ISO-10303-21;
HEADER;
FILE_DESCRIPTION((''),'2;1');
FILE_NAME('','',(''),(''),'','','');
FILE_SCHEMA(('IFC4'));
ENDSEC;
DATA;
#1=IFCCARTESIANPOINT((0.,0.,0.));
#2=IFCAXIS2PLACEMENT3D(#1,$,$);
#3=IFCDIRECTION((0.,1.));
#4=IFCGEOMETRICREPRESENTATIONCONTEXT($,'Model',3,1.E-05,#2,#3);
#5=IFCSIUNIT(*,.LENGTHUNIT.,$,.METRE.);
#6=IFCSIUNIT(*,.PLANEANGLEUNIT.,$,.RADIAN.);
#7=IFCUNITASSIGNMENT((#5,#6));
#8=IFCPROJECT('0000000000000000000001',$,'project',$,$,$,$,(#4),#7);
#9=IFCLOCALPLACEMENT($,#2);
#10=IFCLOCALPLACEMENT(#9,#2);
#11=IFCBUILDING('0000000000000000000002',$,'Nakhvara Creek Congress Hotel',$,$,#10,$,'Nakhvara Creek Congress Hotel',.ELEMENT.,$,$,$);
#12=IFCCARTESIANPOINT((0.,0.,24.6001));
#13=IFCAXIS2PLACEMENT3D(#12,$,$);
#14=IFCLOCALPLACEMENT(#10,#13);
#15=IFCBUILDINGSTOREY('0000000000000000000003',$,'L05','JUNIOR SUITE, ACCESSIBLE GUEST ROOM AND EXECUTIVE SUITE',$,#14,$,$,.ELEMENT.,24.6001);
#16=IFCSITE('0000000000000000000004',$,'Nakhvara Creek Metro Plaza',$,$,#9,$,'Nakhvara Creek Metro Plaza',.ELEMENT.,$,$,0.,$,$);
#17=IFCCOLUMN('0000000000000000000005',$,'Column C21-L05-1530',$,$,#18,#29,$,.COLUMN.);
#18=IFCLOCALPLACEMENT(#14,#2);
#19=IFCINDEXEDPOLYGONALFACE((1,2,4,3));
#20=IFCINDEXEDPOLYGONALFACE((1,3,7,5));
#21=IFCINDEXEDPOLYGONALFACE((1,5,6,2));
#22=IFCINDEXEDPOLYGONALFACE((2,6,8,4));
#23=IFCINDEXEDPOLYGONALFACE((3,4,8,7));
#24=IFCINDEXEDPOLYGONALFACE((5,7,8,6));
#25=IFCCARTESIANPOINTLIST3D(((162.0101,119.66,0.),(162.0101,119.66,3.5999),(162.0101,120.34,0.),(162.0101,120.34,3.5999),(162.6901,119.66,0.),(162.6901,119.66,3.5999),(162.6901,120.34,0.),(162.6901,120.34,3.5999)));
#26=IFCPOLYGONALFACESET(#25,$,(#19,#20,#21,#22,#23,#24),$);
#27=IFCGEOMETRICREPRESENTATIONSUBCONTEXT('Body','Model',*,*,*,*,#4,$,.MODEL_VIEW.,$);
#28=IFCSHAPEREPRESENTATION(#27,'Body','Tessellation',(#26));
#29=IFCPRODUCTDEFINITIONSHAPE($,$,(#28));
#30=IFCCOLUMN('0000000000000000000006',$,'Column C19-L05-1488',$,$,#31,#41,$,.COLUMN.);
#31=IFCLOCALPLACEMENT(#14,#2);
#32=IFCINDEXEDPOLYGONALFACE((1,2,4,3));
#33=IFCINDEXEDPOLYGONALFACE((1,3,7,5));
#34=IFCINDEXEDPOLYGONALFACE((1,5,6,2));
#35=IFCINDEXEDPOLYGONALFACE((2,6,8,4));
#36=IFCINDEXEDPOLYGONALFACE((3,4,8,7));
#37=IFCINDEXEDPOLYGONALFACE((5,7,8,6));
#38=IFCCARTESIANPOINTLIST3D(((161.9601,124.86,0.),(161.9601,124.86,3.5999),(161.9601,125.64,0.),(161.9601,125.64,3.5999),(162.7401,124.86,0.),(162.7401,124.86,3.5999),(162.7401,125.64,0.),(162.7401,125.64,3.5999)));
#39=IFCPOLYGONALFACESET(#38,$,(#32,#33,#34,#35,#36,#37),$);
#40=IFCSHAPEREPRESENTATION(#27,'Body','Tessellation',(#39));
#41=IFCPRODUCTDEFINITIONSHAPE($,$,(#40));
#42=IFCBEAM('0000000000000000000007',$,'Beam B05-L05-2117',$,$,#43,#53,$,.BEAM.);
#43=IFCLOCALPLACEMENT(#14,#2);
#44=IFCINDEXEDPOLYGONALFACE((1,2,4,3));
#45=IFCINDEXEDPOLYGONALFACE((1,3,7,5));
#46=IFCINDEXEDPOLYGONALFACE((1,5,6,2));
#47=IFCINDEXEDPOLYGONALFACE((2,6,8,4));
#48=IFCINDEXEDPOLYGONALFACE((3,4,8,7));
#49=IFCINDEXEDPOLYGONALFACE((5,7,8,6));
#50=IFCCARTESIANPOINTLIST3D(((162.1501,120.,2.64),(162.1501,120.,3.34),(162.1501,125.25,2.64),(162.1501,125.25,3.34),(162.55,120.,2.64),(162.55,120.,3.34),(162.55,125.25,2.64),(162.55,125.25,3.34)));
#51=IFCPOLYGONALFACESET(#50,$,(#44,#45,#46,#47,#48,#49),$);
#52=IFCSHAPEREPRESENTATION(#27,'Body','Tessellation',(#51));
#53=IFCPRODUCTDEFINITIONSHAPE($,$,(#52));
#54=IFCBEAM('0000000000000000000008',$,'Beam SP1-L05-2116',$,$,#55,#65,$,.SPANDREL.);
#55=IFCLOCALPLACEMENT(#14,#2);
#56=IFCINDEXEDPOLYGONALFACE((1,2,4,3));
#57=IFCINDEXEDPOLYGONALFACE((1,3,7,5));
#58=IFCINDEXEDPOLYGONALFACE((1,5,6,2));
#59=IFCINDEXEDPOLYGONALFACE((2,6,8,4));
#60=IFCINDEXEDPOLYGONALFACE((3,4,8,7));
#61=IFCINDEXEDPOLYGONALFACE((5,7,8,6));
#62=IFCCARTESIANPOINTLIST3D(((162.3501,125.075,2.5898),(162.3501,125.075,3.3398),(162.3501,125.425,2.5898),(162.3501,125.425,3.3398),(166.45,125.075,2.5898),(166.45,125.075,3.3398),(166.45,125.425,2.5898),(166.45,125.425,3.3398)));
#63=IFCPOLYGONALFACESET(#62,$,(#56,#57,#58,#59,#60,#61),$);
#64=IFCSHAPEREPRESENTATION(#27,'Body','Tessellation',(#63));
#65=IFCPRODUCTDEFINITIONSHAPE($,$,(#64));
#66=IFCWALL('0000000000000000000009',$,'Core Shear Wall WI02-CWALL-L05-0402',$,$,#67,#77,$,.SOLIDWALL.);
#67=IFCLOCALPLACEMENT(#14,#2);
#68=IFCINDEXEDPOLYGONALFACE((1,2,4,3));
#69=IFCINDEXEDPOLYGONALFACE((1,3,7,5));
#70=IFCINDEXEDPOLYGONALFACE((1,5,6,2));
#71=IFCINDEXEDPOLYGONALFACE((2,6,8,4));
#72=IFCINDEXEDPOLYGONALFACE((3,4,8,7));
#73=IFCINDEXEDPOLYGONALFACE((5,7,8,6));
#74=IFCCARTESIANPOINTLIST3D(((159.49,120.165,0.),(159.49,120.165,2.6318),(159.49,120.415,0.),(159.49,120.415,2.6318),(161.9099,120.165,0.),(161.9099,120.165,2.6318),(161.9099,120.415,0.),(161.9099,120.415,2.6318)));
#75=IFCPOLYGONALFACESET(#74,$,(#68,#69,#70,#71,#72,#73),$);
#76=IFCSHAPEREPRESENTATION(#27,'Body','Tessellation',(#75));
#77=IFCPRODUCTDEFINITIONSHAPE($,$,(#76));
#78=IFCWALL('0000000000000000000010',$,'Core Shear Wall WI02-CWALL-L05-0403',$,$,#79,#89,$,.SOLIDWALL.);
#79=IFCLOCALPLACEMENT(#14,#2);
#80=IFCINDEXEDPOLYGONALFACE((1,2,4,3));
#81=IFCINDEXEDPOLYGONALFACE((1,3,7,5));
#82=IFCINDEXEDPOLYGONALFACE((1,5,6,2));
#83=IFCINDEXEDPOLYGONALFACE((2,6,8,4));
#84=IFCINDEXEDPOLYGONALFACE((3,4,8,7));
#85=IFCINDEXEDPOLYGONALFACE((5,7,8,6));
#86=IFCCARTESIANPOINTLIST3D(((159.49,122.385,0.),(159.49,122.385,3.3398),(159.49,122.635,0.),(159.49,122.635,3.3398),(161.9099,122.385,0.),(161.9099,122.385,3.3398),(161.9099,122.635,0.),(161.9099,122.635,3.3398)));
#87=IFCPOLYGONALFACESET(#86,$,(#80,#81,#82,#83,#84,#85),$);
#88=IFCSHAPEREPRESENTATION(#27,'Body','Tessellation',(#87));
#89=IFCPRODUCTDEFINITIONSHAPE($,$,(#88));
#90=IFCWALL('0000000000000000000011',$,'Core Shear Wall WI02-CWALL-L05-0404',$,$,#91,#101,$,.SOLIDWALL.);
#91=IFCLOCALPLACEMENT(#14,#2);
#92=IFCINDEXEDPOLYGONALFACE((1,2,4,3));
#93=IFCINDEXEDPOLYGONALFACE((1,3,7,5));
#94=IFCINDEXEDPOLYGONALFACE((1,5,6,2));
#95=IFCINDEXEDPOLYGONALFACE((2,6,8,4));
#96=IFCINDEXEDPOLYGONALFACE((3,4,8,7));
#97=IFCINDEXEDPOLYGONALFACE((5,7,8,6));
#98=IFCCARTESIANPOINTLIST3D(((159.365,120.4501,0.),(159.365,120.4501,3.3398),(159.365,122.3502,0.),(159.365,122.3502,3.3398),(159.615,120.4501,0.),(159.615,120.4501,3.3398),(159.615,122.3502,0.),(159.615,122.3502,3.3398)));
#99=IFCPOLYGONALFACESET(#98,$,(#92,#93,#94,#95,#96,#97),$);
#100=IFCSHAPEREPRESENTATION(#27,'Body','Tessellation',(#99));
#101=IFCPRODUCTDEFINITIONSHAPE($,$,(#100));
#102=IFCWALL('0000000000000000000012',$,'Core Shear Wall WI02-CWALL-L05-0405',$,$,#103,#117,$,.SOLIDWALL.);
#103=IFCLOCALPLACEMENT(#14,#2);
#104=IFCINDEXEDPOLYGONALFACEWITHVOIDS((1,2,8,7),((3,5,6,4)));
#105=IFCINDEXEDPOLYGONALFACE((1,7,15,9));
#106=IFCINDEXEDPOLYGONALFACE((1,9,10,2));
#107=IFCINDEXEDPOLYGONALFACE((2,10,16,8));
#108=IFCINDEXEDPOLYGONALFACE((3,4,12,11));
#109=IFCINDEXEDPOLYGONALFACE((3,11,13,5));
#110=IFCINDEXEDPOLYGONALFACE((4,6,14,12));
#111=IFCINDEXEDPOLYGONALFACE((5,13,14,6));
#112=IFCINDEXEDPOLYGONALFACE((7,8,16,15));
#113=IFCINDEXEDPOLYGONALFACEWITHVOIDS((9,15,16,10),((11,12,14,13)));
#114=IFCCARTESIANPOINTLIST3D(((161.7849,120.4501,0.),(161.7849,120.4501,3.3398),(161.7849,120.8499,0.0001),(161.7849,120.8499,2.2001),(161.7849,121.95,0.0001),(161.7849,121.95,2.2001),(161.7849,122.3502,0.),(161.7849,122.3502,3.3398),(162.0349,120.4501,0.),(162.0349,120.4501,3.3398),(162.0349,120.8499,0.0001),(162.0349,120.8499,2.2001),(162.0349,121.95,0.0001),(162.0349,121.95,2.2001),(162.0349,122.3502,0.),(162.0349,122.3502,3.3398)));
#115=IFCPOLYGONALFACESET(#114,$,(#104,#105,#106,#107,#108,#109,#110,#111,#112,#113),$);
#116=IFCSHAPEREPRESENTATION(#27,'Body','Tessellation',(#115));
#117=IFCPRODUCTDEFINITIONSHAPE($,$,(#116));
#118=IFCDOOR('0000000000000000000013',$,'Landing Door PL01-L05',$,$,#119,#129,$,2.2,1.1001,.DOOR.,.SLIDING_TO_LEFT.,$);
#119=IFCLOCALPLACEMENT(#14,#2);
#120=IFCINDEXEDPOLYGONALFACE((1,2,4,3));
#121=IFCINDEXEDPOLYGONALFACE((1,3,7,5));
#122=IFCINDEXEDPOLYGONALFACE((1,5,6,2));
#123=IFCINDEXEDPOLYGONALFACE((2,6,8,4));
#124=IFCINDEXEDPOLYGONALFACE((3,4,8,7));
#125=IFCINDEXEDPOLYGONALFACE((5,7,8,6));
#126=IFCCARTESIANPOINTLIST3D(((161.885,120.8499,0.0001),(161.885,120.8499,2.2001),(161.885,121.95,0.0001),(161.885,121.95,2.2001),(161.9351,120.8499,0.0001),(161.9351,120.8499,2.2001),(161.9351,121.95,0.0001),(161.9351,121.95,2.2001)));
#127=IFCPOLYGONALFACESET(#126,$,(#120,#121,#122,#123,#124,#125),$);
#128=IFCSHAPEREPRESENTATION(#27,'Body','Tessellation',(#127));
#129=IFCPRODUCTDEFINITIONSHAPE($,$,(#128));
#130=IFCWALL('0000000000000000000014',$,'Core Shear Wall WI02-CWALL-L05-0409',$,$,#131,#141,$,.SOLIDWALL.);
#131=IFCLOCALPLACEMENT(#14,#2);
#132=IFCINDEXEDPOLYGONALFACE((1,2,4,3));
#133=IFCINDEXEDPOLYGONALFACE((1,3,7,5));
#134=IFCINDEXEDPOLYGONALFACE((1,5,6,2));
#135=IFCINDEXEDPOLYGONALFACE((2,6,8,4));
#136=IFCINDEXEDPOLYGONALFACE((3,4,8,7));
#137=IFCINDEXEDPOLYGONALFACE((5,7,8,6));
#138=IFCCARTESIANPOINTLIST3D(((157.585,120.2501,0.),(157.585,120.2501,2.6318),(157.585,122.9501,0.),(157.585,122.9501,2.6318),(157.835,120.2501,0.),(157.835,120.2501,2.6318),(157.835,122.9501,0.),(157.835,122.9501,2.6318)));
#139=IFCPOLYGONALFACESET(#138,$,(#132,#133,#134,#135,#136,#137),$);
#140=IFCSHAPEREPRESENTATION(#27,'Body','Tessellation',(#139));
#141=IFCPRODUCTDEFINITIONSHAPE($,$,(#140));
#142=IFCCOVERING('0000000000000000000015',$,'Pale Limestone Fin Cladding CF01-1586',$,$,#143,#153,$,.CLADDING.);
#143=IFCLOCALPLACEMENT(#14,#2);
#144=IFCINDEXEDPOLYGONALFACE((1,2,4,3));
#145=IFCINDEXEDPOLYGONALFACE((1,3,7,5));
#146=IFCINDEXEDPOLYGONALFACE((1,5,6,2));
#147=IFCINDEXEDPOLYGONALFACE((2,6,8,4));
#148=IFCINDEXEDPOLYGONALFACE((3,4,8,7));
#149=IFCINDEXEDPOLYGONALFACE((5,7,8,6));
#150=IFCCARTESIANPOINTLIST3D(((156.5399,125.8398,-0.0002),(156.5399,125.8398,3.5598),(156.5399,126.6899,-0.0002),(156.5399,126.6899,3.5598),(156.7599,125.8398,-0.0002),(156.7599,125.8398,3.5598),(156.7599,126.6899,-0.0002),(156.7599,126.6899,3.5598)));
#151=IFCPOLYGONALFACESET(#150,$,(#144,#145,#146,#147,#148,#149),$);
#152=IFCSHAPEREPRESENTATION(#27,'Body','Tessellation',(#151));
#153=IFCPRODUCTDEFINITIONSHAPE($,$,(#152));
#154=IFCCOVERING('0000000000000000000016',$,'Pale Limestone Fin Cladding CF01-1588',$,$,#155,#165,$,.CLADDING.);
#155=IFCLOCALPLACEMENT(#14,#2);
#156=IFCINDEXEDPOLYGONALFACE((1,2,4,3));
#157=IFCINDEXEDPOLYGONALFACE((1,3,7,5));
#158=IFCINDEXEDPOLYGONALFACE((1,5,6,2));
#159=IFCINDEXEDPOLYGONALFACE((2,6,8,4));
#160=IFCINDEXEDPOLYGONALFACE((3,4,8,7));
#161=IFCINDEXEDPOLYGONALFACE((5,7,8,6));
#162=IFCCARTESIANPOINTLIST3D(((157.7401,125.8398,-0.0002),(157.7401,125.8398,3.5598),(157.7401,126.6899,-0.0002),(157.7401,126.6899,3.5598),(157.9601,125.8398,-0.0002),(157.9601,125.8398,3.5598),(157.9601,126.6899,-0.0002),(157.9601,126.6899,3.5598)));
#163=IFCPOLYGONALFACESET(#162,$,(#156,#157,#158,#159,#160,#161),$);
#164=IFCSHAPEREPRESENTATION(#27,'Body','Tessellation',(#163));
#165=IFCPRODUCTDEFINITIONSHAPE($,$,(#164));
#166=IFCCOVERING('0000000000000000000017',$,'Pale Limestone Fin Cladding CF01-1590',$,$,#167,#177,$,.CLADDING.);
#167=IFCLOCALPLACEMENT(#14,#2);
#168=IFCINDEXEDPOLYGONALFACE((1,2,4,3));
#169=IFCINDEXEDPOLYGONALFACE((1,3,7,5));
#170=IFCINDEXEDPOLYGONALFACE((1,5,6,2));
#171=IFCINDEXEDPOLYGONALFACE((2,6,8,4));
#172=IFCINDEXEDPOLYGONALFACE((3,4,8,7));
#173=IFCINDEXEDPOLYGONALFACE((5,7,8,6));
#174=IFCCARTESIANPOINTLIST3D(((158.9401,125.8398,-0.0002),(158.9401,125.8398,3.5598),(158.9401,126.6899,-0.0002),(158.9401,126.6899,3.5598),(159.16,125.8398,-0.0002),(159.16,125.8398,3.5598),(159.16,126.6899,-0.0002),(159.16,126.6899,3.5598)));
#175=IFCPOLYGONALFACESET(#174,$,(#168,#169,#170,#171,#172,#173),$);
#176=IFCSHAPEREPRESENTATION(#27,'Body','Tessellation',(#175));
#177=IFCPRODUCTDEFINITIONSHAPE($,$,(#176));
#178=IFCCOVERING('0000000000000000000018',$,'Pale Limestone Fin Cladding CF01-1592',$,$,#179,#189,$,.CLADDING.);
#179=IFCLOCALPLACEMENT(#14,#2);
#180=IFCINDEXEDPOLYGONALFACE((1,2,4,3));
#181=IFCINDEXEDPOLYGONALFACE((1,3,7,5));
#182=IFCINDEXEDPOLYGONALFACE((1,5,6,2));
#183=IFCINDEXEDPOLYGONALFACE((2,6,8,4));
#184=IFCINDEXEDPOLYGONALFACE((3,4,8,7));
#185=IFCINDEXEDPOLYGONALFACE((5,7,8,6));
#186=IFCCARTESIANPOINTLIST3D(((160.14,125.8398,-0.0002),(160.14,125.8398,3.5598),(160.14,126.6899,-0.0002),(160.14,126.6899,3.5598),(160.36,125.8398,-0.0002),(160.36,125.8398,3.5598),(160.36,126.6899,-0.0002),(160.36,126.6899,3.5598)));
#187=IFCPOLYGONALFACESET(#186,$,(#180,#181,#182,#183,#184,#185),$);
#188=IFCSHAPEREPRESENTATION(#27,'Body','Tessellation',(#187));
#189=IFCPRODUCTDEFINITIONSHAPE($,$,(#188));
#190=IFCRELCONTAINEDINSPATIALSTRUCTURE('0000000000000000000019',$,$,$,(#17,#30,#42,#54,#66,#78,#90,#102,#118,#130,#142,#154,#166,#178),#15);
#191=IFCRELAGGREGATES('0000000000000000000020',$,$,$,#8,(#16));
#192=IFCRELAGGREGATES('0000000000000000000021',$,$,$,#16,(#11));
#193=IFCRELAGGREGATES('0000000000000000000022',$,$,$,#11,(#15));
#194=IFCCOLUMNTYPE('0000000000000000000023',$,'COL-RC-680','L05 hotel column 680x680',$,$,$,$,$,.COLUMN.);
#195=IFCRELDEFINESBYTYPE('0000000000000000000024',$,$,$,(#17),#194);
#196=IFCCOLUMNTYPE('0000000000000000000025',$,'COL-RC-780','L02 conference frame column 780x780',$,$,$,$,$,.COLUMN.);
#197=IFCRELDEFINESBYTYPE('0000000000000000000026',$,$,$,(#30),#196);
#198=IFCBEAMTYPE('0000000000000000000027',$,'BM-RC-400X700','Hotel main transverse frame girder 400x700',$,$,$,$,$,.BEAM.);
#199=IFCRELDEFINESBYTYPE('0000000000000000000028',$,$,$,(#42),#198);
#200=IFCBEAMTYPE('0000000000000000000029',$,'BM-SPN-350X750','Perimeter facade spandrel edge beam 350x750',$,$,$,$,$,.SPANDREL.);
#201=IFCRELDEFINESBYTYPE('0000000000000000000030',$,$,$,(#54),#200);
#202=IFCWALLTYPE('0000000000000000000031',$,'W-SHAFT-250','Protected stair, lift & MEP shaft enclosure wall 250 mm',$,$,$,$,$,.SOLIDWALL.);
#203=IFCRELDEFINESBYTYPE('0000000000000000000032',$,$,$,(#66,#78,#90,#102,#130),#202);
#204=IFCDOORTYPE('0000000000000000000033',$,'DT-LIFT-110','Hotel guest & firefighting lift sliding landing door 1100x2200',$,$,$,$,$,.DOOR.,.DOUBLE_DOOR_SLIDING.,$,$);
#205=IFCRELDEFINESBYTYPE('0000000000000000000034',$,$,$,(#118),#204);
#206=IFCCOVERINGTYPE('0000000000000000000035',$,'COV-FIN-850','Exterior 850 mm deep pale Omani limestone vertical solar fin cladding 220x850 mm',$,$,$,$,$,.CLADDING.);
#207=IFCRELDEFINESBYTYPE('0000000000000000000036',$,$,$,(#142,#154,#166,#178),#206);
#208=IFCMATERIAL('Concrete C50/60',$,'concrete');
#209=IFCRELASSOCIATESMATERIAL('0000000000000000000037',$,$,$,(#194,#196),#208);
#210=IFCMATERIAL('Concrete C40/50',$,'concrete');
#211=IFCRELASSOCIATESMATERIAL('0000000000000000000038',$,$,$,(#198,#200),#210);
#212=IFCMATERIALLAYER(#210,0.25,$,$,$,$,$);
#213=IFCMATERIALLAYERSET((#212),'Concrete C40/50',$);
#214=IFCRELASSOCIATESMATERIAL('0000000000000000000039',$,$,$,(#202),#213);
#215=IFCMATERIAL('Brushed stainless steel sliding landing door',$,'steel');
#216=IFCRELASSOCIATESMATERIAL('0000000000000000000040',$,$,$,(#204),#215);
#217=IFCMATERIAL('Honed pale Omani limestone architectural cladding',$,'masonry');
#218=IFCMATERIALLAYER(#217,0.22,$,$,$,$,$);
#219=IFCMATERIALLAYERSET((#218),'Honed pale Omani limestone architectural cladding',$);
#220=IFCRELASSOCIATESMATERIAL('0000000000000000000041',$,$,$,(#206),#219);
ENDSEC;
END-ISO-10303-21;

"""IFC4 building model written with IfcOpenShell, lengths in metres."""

from ifc_helpers import new_model, si_unit, direction, frame, frame_2d, origin, origin_2d, place, context, subcontext, project, spatial, rectangle, extrude, material, layer, layer_set, material_profile, profile_set, type_object, element, fill, save


model = new_model("IFC4")

# Units and contexts
model_context = context("Model", 3, precision=1e-05, world=origin(), true_north=direction((0.0, 1.0)))
body_context = subcontext(model_context, "Body", "Model", "MODEL_VIEW")
ifc_project = project(units=[si_unit("LENGTHUNIT", "METRE"), si_unit("PLANEANGLEUNIT", "RADIAN")], contexts=[model_context])

# Site, building, storey
site_placement = place(None, origin())
site = spatial("IfcSite", under=ifc_project, at=site_placement, Name="Nakhvara Creek Metro Plaza", LongName="Nakhvara Creek Metro Plaza", CompositionType="ELEMENT", RefElevation=0.0)
building_placement = place(site_placement, origin())
building = spatial("IfcBuilding", under=site, at=building_placement, Name="Nakhvara Creek Congress Hotel", LongName="Nakhvara Creek Congress Hotel", CompositionType="ELEMENT")
storey_placement = place(building_placement, frame((0.0, 0.0, 24.6001)))
storey = spatial("IfcBuildingStorey", under=building, at=storey_placement, Name="L05", Description="JUNIOR SUITE, ACCESSIBLE GUEST ROOM AND EXECUTIVE SUITE", CompositionType="ELEMENT", Elevation=24.6001)

# Columns
ifc_material_1 = material(Name="Concrete C50/60", Category="concrete")
ifc_material_profile_1 = material_profile(ifc_material_1, rectangle(XDim=0.6799, YDim=0.6799, at=origin_2d()), Name="RC-COL 680x680", Category="LoadBearing")
ifc_profile_set_1 = profile_set([ifc_material_profile_1], Name="Concrete C50/60")
column_type_1 = type_object("IfcColumnType", Name="COL-RC-680", Description="L05 hotel column 680x680", PredefinedType="COLUMN", material=ifc_profile_set_1)
column_1_placement = place(storey_placement, frame((162.3501, 120.0, 0.0), z_axis=(0.0, 0.0, 1.0), x_axis=(1.0, 0.0, 0.0)))
element("IfcColumn", 1, at=column_1_placement, inside=storey, type_object=column_type_1, Name="Column C21-L05-1530", PredefinedType="COLUMN", context=body_context, shape_type="SweptSolid", body=[
    extrude(rectangle(XDim=0.6799, YDim=0.6799, at=origin_2d()), origin(), (0.0, 0.0, 1.0), 3.5999),
])
ifc_material_profile_2 = material_profile(ifc_material_1, rectangle(XDim=0.78, YDim=0.78, at=origin_2d()), Name="RC-COL 780x780", Category="LoadBearing")
ifc_profile_set_2 = profile_set([ifc_material_profile_2], Name="Concrete C50/60")
column_type_2 = type_object("IfcColumnType", Name="COL-RC-780", Description="L02 conference frame column 780x780", PredefinedType="COLUMN", material=ifc_profile_set_2)
column_2_placement = place(storey_placement, frame((162.3501, 125.25, 0.0), z_axis=(0.0, 0.0, 1.0), x_axis=(1.0, 0.0, 0.0)))
element("IfcColumn", 2, at=column_2_placement, inside=storey, type_object=column_type_2, Name="Column C19-L05-1488", PredefinedType="COLUMN", context=body_context, shape_type="SweptSolid", body=[
    extrude(rectangle(XDim=0.78, YDim=0.78, at=origin_2d()), origin(), (0.0, 0.0, 1.0), 3.5999),
])

# Beams
ifc_material_2 = material(Name="Concrete C40/50", Category="concrete")
ifc_material_profile_3 = material_profile(ifc_material_2, rectangle(XDim=0.3999, YDim=0.7, at=origin_2d()), Name="RC-BM 400x700", Category="LoadBearing")
ifc_profile_set_3 = profile_set([ifc_material_profile_3], Name="Concrete C40/50")
beam_type_1 = type_object("IfcBeamType", Name="BM-RC-400X700", Description="Hotel main transverse frame girder 400x700", PredefinedType="BEAM", material=ifc_profile_set_3)
beam_1_placement = place(storey_placement, frame((162.3501, 120.0, 2.99), z_axis=(0.0, 1.0, 0.0), x_axis=(-1.0, 0.0, 0.0)))
element("IfcBeam", 3, at=beam_1_placement, inside=storey, type_object=beam_type_1, Name="Beam B05-L05-2117", PredefinedType="BEAM", context=body_context, shape_type="SweptSolid", body=[
    extrude(rectangle(XDim=0.3999, YDim=0.7, at=origin_2d()), origin(), (0.0, 0.0, 1.0), 5.25),
])
ifc_material_profile_4 = material_profile(ifc_material_2, rectangle(XDim=0.3501, YDim=0.75, at=origin_2d()), Name="RC-SPANDREL 350x750", Category="LoadBearing")
ifc_profile_set_4 = profile_set([ifc_material_profile_4], Name="Concrete C40/50")
beam_type_2 = type_object("IfcBeamType", Name="BM-SPN-350X750", Description="Perimeter facade spandrel edge beam 350x750", PredefinedType="SPANDREL", material=ifc_profile_set_4)
beam_2_placement = place(storey_placement, frame((162.3501, 125.25, 2.9648), z_axis=(1.0, 0.0, 0.0), x_axis=(0.0, 1.0, 0.0)))
element("IfcBeam", 4, at=beam_2_placement, inside=storey, type_object=beam_type_2, Name="Beam SP1-L05-2116", PredefinedType="SPANDREL", context=body_context, shape_type="SweptSolid", body=[
    extrude(rectangle(XDim=0.3501, YDim=0.75, at=origin_2d()), origin(), (0.0, 0.0, 1.0), 4.0999),
])

# Walls
ifc_layer_1 = layer(ifc_material_2, 0.25)
ifc_layer_set_1 = layer_set([ifc_layer_1], Name="Concrete C40/50")
wall_type = type_object("IfcWallType", Name="W-SHAFT-250", Description="Protected stair, lift & MEP shaft enclosure wall 250 mm", PredefinedType="SOLIDWALL", material=ifc_layer_set_1)
wall_1_placement = place(storey_placement, frame((159.49, 120.29, 0.0), z_axis=(0.0, 0.0, 1.0), x_axis=(1.0, 0.0, 0.0)))
element("IfcWall", 5, at=wall_1_placement, inside=storey, type_object=wall_type, Name="Core Shear Wall WI02-CWALL-L05-0402", PredefinedType="SOLIDWALL", context=body_context, shape_type="SweptSolid", body=[
    extrude(rectangle(XDim=2.4199, YDim=0.25, at=frame_2d((1.21, 0.0))), origin(), (0.0, 0.0, 1.0), 2.6318),
])
wall_2_placement = place(storey_placement, frame((159.49, 122.51, 0.0), z_axis=(0.0, 0.0, 1.0), x_axis=(1.0, 0.0, 0.0)))
element("IfcWall", 6, at=wall_2_placement, inside=storey, type_object=wall_type, Name="Core Shear Wall WI02-CWALL-L05-0403", PredefinedType="SOLIDWALL", context=body_context, shape_type="SweptSolid", body=[
    extrude(rectangle(XDim=2.4199, YDim=0.25, at=frame_2d((1.21, 0.0))), origin(), (0.0, 0.0, 1.0), 3.3398),
])
wall_3_placement = place(storey_placement, frame((159.49, 120.45, 0.0), z_axis=(0.0, 0.0, 1.0), x_axis=(0.0, 1.0, 0.0)))
element("IfcWall", 7, at=wall_3_placement, inside=storey, type_object=wall_type, Name="Core Shear Wall WI02-CWALL-L05-0404", PredefinedType="SOLIDWALL", context=body_context, shape_type="SweptSolid", body=[
    extrude(rectangle(XDim=1.9001, YDim=0.25, at=frame_2d((0.9502, 0.0))), origin(), (0.0, 0.0, 1.0), 3.3398),
])

# Wall, opening, door
wall_4_placement = place(storey_placement, frame((161.9099, 120.45, 0.0), z_axis=(0.0, 0.0, 1.0), x_axis=(0.0, 1.0, 0.0)))
wall_4 = element("IfcWall", 8, at=wall_4_placement, inside=storey, type_object=wall_type, Name="Core Shear Wall WI02-CWALL-L05-0405", PredefinedType="SOLIDWALL", context=body_context, shape_type="SweptSolid", body=[
    extrude(rectangle(XDim=1.9001, YDim=0.25, at=frame_2d((0.9502, 0.0))), origin(), (0.0, 0.0, 1.0), 3.3398),
])
opening_placement = place(wall_4_placement, frame((0.3999, 0.0, 0.0)))
opening = element("IfcOpeningElement", 9, at=opening_placement, cuts=wall_4, PredefinedType="OPENING", context=body_context, shape_type="SweptSolid", body=[
    extrude(rectangle(XDim=1.1001, YDim=2.2, at=frame_2d((0.55, 1.1001))), frame((0.0, 0.137, 0.0), z_axis=(0.0, -1.0, 0.0), x_axis=(1.0, 0.0, 0.0)), (0.0, 0.0, 1.0), 0.2739),
])
ifc_material_3 = material(Name="Brushed stainless steel sliding landing door", Category="steel")
door_type = type_object("IfcDoorType", Name="DT-LIFT-110", Description="Hotel guest & firefighting lift sliding landing door 1100x2200", OperationType="DOUBLE_DOOR_SLIDING", PredefinedType="DOOR", material=ifc_material_3)
door_placement = place(opening_placement, origin())
door = element("IfcDoor", 10, at=door_placement, inside=storey, type_object=door_type, Name="Landing Door PL01-L05", OperationType="SLIDING_TO_LEFT", OverallHeight=2.2, OverallWidth=1.1001, PredefinedType="DOOR", context=body_context, shape_type="SweptSolid", body=[
    extrude(rectangle(XDim=1.1001, YDim=2.2, at=frame_2d((0.55, 1.1001))), frame((0.0, 0.0249, 0.0), z_axis=(0.0, -1.0, 0.0), x_axis=(1.0, 0.0, 0.0)), (0.0, 0.0, 1.0), 0.05),
])
fill(opening, door)

# Wall
wall_5_placement = place(storey_placement, frame((157.71, 120.25, 0.0), z_axis=(0.0, 0.0, 1.0), x_axis=(0.0, 1.0, 0.0)))
element("IfcWall", 11, at=wall_5_placement, inside=storey, type_object=wall_type, Name="Core Shear Wall WI02-CWALL-L05-0409", PredefinedType="SOLIDWALL", context=body_context, shape_type="SweptSolid", body=[
    extrude(rectangle(XDim=2.7, YDim=0.25, at=frame_2d((1.3501, 0.0))), origin(), (0.0, 0.0, 1.0), 2.6318),
])

# Coverings
ifc_material_4 = material(Name="Honed pale Omani limestone architectural cladding", Category="masonry")
ifc_layer_2 = layer(ifc_material_4, 0.22)
ifc_layer_set_2 = layer_set([ifc_layer_2], Name="Honed pale Omani limestone architectural cladding")
covering_type = type_object("IfcCoveringType", Name="COV-FIN-850", Description="Exterior 850 mm deep pale Omani limestone vertical solar fin cladding 220x850 mm", PredefinedType="CLADDING", material=ifc_layer_set_2)
for number, where, z_axis, x_axis, name in (
    (12, (156.6499, 126.2649, -0.0002), (0.0, 0.0, 1.0), (1.0, 0.0, 0.0), "Pale Limestone Fin Cladding CF01-1586"),
    (13, (157.8501, 126.2649, -0.0002), (0.0, 0.0, 1.0), (1.0, 0.0, 0.0), "Pale Limestone Fin Cladding CF01-1588"),
    (14, (159.05, 126.2649, -0.0002), (0.0, 0.0, 1.0), (1.0, 0.0, 0.0), "Pale Limestone Fin Cladding CF01-1590"),
    (15, (160.25, 126.2649, -0.0002), (0.0, 0.0, 1.0), (1.0, 0.0, 0.0), "Pale Limestone Fin Cladding CF01-1592"),
):
    element("IfcCovering", number, at=place(storey_placement, frame(where, z_axis=z_axis, x_axis=x_axis)), inside=storey, type_object=covering_type, Name=name, PredefinedType="CLADDING", context=body_context, shape_type="SweptSolid", body=[
        extrude(rectangle(XDim=0.22, YDim=0.8501, at=origin_2d()), origin(), (0.0, 0.0, 1.0), 3.5601),
    ])

save(model, "model.ifc")
